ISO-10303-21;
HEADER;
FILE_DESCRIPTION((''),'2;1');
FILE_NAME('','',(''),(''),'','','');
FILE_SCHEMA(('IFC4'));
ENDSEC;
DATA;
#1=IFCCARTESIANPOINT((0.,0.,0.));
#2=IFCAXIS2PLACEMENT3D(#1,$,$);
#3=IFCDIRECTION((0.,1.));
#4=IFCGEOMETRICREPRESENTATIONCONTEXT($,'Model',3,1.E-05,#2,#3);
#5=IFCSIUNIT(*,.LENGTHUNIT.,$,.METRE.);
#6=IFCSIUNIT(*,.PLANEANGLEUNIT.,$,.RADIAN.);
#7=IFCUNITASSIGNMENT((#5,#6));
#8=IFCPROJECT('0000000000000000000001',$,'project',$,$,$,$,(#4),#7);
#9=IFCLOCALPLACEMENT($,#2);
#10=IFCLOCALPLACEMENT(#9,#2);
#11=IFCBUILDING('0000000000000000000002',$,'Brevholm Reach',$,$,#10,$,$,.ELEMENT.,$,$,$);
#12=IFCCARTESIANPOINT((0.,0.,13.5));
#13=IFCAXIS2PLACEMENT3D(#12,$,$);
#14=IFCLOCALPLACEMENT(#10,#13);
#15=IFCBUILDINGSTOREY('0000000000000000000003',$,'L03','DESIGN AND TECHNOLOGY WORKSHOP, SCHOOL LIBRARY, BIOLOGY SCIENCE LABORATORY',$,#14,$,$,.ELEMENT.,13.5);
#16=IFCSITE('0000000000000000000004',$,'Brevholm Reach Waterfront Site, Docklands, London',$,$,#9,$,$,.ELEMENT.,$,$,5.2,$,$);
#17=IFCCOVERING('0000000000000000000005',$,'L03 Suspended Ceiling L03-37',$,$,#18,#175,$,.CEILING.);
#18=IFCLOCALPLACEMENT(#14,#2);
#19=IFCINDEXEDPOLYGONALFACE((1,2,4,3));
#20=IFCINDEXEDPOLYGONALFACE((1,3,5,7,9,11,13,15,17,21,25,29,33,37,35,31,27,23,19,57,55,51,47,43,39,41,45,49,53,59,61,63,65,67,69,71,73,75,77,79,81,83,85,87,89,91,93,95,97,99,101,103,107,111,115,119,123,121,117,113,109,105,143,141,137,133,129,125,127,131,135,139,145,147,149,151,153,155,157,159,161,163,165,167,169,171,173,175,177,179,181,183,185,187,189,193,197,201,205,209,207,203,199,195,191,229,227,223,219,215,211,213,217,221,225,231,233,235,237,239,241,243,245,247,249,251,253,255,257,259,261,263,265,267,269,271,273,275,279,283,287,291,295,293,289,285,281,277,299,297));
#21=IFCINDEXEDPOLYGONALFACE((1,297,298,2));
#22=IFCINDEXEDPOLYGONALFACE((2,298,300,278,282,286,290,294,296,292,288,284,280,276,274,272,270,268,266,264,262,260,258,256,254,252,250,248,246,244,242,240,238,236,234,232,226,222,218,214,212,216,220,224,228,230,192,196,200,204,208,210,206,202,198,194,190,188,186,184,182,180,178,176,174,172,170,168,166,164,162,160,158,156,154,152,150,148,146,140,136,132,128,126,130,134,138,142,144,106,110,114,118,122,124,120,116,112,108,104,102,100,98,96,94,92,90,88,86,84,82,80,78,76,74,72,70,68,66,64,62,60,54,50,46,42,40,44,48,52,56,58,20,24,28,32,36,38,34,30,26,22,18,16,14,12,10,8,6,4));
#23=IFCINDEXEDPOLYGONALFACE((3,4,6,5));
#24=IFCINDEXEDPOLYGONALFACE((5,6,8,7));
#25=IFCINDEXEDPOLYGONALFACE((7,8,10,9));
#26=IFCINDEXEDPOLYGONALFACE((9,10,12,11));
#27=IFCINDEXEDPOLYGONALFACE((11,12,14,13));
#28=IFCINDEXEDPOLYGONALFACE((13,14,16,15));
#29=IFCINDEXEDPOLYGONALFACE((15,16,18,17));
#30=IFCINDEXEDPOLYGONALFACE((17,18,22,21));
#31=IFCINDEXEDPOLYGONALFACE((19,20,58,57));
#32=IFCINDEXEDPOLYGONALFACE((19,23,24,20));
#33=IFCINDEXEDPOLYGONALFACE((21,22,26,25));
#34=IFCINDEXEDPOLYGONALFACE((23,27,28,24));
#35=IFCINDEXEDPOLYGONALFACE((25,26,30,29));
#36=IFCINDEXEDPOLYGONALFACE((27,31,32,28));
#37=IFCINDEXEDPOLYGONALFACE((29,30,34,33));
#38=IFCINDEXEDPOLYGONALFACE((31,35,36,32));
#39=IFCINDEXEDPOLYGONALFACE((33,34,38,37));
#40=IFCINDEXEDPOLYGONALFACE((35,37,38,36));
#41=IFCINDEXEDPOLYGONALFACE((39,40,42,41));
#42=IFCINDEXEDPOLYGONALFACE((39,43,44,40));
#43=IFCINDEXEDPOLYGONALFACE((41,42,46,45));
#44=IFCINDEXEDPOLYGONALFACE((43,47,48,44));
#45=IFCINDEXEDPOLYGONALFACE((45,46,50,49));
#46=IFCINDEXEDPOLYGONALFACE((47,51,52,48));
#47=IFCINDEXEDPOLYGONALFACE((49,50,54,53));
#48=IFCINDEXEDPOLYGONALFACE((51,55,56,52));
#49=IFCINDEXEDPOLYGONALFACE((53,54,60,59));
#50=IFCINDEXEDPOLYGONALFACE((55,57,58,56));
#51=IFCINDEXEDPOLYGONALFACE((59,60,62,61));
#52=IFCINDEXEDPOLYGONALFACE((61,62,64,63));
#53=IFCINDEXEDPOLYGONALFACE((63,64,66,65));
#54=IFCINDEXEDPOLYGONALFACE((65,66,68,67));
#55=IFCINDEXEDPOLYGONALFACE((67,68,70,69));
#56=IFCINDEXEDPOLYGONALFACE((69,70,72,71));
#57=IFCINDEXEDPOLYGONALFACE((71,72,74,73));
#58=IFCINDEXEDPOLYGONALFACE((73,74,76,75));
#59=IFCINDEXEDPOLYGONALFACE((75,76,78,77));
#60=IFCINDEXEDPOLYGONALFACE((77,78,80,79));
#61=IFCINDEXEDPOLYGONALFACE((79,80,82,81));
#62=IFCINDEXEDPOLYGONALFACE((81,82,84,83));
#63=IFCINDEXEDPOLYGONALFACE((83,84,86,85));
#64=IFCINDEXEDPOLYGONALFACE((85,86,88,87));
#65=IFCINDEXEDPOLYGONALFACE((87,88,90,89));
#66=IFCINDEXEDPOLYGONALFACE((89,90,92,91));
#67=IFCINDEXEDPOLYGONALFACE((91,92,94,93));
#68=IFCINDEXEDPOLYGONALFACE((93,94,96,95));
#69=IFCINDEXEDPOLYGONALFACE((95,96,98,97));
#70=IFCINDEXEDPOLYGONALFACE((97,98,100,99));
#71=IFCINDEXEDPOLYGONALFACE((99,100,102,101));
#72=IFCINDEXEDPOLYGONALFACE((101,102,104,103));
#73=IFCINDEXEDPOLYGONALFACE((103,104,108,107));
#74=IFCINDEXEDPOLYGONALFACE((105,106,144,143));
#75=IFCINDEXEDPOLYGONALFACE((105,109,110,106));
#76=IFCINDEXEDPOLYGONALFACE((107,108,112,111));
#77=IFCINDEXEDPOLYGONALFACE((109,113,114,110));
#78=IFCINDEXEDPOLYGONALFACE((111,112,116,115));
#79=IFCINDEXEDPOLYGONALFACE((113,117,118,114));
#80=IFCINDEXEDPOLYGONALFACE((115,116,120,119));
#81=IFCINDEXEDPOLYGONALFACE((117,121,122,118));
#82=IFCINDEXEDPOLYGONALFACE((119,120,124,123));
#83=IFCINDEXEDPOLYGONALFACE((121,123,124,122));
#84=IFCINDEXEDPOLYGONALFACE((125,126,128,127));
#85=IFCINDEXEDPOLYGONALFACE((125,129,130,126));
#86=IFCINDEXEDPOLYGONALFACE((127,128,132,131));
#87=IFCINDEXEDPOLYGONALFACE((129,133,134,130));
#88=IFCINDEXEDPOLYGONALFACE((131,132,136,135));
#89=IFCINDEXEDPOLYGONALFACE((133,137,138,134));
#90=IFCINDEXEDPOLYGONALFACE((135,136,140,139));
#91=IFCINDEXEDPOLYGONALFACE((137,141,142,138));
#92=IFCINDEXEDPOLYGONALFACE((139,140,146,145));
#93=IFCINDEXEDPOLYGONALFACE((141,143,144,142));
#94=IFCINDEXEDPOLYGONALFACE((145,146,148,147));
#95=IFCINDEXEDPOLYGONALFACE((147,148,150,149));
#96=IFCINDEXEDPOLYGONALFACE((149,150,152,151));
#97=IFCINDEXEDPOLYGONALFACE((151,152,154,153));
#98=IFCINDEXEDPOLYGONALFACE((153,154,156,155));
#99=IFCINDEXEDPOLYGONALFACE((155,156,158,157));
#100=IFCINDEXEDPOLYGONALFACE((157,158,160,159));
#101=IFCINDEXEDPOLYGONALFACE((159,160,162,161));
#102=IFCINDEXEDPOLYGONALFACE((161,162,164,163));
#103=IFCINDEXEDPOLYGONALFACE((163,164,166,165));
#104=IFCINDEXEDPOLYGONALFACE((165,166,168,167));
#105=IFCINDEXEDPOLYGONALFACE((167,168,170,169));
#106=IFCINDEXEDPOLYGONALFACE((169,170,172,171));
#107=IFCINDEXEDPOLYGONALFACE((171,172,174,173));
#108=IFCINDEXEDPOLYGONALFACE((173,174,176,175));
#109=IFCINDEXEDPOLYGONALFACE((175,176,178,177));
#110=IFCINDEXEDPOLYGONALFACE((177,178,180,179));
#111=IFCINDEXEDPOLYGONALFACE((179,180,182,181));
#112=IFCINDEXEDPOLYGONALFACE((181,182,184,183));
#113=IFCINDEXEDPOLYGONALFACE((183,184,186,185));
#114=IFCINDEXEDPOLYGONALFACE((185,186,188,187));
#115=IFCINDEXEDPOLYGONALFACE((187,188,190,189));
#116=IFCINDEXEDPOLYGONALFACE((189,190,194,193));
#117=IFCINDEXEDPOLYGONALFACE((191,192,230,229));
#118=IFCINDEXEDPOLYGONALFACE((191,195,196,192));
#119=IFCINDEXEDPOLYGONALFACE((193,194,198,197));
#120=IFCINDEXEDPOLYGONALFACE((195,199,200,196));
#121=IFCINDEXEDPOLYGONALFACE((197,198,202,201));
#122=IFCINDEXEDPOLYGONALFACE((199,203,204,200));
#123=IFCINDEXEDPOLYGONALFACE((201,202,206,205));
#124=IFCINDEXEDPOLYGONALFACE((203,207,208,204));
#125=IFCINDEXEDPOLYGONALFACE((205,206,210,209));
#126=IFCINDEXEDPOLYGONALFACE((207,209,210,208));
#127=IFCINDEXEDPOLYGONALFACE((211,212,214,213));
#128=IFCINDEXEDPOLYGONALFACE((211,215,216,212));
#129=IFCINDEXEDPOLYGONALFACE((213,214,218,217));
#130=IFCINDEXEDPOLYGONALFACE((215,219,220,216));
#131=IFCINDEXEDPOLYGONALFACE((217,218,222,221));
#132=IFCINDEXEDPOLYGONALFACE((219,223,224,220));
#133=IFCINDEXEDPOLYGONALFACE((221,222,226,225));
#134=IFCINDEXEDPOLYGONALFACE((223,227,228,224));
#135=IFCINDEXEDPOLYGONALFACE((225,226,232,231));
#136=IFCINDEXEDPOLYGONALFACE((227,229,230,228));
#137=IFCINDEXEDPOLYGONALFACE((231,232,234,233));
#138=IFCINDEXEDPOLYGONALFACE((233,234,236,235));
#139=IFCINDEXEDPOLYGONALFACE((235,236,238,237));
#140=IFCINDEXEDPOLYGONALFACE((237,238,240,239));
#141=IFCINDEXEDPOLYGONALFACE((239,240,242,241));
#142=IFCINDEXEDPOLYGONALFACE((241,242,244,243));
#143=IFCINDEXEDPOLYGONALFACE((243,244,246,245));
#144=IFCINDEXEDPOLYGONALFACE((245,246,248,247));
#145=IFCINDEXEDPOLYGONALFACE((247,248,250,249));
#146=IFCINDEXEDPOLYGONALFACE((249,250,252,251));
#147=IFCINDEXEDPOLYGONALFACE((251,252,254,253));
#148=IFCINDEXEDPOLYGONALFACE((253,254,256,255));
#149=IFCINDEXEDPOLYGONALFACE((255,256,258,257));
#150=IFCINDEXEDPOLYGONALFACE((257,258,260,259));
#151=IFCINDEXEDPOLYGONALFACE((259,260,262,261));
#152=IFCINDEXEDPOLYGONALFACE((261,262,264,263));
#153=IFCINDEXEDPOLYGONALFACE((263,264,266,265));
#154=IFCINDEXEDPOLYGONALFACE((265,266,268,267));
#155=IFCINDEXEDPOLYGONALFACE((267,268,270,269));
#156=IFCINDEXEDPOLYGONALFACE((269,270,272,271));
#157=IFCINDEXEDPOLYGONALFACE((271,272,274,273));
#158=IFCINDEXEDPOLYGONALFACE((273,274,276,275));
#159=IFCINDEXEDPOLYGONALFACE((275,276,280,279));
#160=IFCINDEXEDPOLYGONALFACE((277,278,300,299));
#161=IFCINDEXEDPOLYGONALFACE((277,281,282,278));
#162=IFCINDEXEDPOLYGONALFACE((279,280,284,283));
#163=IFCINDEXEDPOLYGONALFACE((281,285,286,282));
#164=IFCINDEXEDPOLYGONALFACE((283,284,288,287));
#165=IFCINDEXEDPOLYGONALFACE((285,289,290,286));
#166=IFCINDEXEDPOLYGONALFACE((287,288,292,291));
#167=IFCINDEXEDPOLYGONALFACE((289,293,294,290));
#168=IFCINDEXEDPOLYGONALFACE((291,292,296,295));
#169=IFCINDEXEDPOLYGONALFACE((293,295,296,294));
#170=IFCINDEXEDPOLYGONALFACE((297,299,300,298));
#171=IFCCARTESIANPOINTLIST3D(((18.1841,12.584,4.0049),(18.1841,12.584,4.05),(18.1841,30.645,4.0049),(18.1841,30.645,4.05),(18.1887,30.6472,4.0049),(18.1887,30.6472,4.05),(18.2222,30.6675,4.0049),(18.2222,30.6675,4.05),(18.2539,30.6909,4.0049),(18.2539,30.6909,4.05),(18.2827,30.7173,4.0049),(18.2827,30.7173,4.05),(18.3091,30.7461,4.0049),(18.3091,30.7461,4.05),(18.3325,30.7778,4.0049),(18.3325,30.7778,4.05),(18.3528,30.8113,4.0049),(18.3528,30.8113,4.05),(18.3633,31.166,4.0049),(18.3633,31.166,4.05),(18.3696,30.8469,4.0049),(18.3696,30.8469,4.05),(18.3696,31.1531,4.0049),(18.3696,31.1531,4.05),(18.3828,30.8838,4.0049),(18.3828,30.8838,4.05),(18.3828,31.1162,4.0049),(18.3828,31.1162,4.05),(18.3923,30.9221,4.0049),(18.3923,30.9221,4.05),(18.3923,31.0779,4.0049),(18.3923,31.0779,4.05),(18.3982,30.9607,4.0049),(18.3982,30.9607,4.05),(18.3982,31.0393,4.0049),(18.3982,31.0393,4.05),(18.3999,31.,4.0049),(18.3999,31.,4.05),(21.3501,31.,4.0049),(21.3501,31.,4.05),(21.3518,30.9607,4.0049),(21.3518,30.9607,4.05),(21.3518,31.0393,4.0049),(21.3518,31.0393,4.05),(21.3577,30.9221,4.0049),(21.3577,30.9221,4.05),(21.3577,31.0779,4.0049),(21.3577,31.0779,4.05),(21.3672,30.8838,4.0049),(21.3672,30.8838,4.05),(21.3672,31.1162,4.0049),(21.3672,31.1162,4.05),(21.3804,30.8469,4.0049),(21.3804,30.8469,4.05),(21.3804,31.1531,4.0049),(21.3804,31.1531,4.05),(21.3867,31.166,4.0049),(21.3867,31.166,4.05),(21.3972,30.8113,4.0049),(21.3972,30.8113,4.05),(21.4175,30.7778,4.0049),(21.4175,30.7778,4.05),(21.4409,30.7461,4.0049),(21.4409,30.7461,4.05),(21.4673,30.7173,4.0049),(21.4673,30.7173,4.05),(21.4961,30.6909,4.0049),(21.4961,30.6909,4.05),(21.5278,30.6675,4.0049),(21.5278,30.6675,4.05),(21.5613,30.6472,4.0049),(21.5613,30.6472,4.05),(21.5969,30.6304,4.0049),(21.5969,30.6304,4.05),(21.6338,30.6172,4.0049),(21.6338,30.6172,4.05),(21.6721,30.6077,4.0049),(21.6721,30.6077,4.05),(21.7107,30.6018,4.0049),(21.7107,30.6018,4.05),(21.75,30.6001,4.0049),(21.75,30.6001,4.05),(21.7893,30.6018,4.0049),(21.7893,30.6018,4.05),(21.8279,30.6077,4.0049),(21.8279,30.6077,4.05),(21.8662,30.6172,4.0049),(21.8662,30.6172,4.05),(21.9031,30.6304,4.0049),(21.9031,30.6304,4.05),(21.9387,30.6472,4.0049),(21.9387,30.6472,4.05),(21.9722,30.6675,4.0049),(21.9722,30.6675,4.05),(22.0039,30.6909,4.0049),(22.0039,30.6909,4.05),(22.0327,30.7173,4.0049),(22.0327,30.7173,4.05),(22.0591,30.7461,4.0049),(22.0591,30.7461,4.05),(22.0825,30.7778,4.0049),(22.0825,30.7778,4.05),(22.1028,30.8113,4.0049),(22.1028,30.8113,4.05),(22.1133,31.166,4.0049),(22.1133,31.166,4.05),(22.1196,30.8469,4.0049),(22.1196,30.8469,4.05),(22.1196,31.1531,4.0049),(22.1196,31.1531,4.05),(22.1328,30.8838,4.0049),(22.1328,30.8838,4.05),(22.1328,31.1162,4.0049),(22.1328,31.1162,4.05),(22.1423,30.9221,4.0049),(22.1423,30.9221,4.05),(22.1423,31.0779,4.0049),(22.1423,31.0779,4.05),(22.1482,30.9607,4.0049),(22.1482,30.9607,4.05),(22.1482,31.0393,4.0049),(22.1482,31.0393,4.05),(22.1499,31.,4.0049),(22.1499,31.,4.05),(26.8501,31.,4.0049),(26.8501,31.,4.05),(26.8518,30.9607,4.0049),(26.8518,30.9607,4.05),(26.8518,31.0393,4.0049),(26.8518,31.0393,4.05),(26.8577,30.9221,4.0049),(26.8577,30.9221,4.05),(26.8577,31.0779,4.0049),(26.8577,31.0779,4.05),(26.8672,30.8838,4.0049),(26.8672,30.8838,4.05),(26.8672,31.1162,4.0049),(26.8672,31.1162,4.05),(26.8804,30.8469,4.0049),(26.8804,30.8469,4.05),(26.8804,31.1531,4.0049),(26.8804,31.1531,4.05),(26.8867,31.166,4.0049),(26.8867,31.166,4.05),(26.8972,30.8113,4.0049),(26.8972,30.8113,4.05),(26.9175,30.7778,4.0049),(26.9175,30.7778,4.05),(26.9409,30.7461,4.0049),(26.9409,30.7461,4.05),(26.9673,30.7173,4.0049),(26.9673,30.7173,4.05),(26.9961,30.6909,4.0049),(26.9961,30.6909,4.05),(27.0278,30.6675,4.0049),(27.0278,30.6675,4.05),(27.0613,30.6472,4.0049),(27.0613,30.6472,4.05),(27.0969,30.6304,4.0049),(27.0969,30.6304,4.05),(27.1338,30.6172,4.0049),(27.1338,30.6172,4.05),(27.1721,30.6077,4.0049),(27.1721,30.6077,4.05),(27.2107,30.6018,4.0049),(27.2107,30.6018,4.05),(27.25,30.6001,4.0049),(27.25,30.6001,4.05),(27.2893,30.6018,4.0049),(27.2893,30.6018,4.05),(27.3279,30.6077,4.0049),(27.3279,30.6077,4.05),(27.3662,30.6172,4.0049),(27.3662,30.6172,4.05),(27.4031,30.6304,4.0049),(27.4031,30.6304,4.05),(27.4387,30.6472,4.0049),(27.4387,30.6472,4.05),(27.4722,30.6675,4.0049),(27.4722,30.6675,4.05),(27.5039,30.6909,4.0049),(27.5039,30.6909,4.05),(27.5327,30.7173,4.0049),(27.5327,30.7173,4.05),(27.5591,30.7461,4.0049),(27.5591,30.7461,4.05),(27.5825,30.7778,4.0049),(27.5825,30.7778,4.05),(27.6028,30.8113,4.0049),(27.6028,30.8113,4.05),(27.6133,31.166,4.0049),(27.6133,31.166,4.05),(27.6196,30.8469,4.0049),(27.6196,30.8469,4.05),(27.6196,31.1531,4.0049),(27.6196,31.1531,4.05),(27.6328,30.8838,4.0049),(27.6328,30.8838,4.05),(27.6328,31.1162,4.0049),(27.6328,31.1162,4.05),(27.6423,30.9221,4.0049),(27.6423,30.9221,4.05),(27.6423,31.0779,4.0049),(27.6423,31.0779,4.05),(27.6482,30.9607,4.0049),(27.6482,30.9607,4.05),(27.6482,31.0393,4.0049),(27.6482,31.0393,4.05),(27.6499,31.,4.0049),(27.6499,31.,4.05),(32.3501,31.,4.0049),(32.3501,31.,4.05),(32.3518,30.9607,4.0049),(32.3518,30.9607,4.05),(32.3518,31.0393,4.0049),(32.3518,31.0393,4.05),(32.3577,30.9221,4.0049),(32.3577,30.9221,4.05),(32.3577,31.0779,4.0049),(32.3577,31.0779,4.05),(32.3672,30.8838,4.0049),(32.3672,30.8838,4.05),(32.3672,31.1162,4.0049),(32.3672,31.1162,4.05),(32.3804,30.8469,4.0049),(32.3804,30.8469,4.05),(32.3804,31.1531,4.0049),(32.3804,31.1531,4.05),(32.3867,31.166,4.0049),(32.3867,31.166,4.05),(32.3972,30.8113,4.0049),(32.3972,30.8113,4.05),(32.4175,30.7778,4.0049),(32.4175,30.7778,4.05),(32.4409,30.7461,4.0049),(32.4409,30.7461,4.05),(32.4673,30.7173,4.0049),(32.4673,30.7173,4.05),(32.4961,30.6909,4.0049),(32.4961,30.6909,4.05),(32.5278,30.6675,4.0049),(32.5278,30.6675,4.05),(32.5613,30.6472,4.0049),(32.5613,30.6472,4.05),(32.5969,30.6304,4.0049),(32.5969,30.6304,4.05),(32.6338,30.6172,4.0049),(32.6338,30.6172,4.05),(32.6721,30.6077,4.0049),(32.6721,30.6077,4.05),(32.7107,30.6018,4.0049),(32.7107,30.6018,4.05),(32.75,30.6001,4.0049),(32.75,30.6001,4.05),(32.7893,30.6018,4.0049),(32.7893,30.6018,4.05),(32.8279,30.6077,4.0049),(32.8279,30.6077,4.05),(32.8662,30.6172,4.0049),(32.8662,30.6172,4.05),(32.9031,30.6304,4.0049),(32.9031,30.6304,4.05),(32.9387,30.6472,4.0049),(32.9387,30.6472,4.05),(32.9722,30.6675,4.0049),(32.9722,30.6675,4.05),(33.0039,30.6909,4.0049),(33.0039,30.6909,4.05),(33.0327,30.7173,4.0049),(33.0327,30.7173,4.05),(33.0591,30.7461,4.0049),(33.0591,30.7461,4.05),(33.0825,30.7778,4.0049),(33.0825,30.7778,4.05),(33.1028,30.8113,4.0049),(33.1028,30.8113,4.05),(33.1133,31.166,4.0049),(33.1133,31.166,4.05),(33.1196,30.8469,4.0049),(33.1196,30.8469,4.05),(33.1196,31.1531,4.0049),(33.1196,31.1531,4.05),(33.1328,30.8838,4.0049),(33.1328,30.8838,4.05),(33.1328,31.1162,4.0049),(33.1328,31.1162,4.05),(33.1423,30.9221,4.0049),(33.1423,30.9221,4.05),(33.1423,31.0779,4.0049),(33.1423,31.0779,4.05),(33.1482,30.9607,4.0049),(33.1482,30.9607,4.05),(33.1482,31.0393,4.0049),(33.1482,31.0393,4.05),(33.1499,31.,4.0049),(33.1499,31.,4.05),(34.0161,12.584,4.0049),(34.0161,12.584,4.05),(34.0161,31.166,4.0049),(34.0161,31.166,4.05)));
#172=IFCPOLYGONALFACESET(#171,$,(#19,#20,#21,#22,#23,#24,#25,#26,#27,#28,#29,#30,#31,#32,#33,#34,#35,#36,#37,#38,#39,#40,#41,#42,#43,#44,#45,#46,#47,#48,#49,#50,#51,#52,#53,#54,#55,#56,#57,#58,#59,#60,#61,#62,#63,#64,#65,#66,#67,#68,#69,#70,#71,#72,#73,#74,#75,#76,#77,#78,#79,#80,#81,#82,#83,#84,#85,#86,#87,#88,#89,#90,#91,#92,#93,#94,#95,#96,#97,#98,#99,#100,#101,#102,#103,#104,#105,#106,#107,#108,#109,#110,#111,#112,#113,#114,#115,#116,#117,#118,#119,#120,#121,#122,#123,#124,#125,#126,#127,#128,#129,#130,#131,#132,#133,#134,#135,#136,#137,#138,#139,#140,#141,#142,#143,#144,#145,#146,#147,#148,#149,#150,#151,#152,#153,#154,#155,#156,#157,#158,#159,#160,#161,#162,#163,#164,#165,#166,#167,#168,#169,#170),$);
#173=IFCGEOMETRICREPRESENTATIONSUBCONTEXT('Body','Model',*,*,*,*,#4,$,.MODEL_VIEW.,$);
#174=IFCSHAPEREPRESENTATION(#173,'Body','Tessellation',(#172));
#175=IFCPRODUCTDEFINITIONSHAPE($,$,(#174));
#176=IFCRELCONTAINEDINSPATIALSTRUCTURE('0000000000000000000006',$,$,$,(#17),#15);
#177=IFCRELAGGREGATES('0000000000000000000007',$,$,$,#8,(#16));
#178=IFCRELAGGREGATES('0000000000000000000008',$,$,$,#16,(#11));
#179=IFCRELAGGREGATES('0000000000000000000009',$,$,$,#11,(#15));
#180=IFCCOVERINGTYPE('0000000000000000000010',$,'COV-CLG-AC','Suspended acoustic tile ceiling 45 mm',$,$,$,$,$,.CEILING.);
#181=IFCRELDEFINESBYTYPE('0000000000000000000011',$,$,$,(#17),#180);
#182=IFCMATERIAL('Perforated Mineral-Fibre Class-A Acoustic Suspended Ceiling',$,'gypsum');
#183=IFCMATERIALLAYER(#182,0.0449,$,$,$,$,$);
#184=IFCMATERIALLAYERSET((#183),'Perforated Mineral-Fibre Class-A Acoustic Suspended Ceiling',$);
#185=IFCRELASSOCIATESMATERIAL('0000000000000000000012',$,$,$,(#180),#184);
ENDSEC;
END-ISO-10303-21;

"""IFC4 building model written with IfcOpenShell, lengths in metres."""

from ifc_helpers import new_model, si_unit, direction, frame, origin, place, context, subcontext, project, spatial, polyline, outline, extrude, material, layer, layer_set, type_object, element, save


model = new_model("IFC4")

# Units and contexts
model_context = context("Model", 3, precision=1e-05, world=origin(), true_north=direction((0.0, 1.0)))
body_context = subcontext(model_context, "Body", "Model", "MODEL_VIEW")
ifc_project = project(units=[si_unit("LENGTHUNIT", "METRE"), si_unit("PLANEANGLEUNIT", "RADIAN")], contexts=[model_context])

# Site, building, storey
site_placement = place(None, origin())
site = spatial("IfcSite", under=ifc_project, at=site_placement, Name="Brevholm Reach Waterfront Site, Docklands, London", CompositionType="ELEMENT", RefElevation=5.2)
building_placement = place(site_placement, origin())
building = spatial("IfcBuilding", under=site, at=building_placement, Name="Brevholm Reach", CompositionType="ELEMENT")
storey_placement = place(building_placement, frame((0.0, 0.0, 13.5)))
storey = spatial("IfcBuildingStorey", under=building, at=storey_placement, Name="L03", Description="DESIGN AND TECHNOLOGY WORKSHOP, SCHOOL LIBRARY, BIOLOGY SCIENCE LABORATORY", CompositionType="ELEMENT", Elevation=13.5)

# Covering
ifc_material_1 = material(Name="Perforated Mineral-Fibre Class-A Acoustic Suspended Ceiling", Category="gypsum")
ifc_layer_1 = layer(ifc_material_1, 0.0449)
ifc_layer_set_1 = layer_set([ifc_layer_1], Name="Perforated Mineral-Fibre Class-A Acoustic Suspended Ceiling")
covering_type_1 = type_object("IfcCoveringType", Name="COV-CLG-AC", Description="Suspended acoustic tile ceiling 45 mm", PredefinedType="CEILING", material=ifc_layer_set_1)
covering_1_placement = place(storey_placement, frame((0.0, 0.0, 4.0049)))
element("IfcCovering", 1, at=covering_1_placement, inside=storey, type_object=covering_type_1, Name="L03 Suspended Ceiling L03-37", PredefinedType="CEILING", context=body_context, shape_type="SweptSolid", body=[
    extrude(outline(polyline([(18.1841, 12.584), (18.1841, 30.645), (18.1887, 30.6472), (18.2222, 30.6675), (18.2539, 30.6909), (18.2827, 30.7173), (18.3091, 30.7461), (18.3325, 30.7778), (18.3528, 30.8113), (18.3696, 30.8469), (18.3828, 30.8838), (18.3923, 30.9221), (18.3982, 30.9607), (18.3999, 31.0), (18.3982, 31.0393), (18.3923, 31.0779), (18.3828, 31.1162), (18.3696, 31.1531), (18.3633, 31.166), (21.3867, 31.166), (21.3804, 31.1531), (21.3672, 31.1162), (21.3577, 31.0779), (21.3518, 31.0393), (21.3501, 31.0), (21.3518, 30.9607), (21.3577, 30.9221), (21.3672, 30.8838), (21.3804, 30.8469), (21.3972, 30.8113), (21.4175, 30.7778), (21.4409, 30.7461), (21.4673, 30.7173), (21.4961, 30.6909), (21.5278, 30.6675), (21.5613, 30.6472), (21.5969, 30.6304), (21.6338, 30.6172), (21.6721, 30.6077), (21.7107, 30.6018), (21.75, 30.6001), (21.7893, 30.6018), (21.8279, 30.6077), (21.8662, 30.6172), (21.9031, 30.6304), (21.9387, 30.6472), (21.9722, 30.6675), (22.0039, 30.6909), (22.0327, 30.7173), (22.0591, 30.7461), (22.0825, 30.7778), (22.1028, 30.8113), (22.1196, 30.8469), (22.1328, 30.8838), (22.1423, 30.9221), (22.1482, 30.9607), (22.1499, 31.0), (22.1482, 31.0393), (22.1423, 31.0779), (22.1328, 31.1162), (22.1196, 31.1531), (22.1133, 31.166), (26.8867, 31.166), (26.8804, 31.1531), (26.8672, 31.1162), (26.8577, 31.0779), (26.8518, 31.0393), (26.8501, 31.0), (26.8518, 30.9607), (26.8577, 30.9221), (26.8672, 30.8838), (26.8804, 30.8469), (26.8972, 30.8113), (26.9175, 30.7778), (26.9409, 30.7461), (26.9673, 30.7173), (26.9961, 30.6909), (27.0278, 30.6675), (27.0613, 30.6472), (27.0969, 30.6304), (27.1338, 30.6172), (27.1721, 30.6077), (27.2107, 30.6018), (27.25, 30.6001), (27.2893, 30.6018), (27.3279, 30.6077), (27.3662, 30.6172), (27.4031, 30.6304), (27.4387, 30.6472), (27.4722, 30.6675), (27.5039, 30.6909), (27.5327, 30.7173), (27.5591, 30.7461), (27.5825, 30.7778), (27.6028, 30.8113), (27.6196, 30.8469), (27.6328, 30.8838), (27.6423, 30.9221), (27.6482, 30.9607), (27.6499, 31.0), (27.6482, 31.0393), (27.6423, 31.0779), (27.6328, 31.1162), (27.6196, 31.1531), (27.6133, 31.166), (32.3867, 31.166), (32.3804, 31.1531), (32.3672, 31.1162), (32.3577, 31.0779), (32.3518, 31.0393), (32.3501, 31.0), (32.3518, 30.9607), (32.3577, 30.9221), (32.3672, 30.8838), (32.3804, 30.8469), (32.3972, 30.8113), (32.4175, 30.7778), (32.4409, 30.7461), (32.4673, 30.7173), (32.4961, 30.6909), (32.5278, 30.6675), (32.5613, 30.6472), (32.5969, 30.6304), (32.6338, 30.6172), (32.6721, 30.6077), (32.7107, 30.6018), (32.75, 30.6001), (32.7893, 30.6018), (32.8279, 30.6077), (32.8662, 30.6172), (32.9031, 30.6304), (32.9387, 30.6472), (32.9722, 30.6675), (33.0039, 30.6909), (33.0327, 30.7173), (33.0591, 30.7461), (33.0825, 30.7778), (33.1028, 30.8113), (33.1196, 30.8469), (33.1328, 30.8838), (33.1423, 30.9221), (33.1482, 30.9607), (33.1499, 31.0), (33.1482, 31.0393), (33.1423, 31.0779), (33.1328, 31.1162), (33.1196, 31.1531), (33.1133, 31.166), (34.0161, 31.166), (34.0161, 12.584), (18.1841, 12.584)])), origin(), (0.0, 0.0, 1.0), 0.0452),
])

save(model, "model.ifc")
